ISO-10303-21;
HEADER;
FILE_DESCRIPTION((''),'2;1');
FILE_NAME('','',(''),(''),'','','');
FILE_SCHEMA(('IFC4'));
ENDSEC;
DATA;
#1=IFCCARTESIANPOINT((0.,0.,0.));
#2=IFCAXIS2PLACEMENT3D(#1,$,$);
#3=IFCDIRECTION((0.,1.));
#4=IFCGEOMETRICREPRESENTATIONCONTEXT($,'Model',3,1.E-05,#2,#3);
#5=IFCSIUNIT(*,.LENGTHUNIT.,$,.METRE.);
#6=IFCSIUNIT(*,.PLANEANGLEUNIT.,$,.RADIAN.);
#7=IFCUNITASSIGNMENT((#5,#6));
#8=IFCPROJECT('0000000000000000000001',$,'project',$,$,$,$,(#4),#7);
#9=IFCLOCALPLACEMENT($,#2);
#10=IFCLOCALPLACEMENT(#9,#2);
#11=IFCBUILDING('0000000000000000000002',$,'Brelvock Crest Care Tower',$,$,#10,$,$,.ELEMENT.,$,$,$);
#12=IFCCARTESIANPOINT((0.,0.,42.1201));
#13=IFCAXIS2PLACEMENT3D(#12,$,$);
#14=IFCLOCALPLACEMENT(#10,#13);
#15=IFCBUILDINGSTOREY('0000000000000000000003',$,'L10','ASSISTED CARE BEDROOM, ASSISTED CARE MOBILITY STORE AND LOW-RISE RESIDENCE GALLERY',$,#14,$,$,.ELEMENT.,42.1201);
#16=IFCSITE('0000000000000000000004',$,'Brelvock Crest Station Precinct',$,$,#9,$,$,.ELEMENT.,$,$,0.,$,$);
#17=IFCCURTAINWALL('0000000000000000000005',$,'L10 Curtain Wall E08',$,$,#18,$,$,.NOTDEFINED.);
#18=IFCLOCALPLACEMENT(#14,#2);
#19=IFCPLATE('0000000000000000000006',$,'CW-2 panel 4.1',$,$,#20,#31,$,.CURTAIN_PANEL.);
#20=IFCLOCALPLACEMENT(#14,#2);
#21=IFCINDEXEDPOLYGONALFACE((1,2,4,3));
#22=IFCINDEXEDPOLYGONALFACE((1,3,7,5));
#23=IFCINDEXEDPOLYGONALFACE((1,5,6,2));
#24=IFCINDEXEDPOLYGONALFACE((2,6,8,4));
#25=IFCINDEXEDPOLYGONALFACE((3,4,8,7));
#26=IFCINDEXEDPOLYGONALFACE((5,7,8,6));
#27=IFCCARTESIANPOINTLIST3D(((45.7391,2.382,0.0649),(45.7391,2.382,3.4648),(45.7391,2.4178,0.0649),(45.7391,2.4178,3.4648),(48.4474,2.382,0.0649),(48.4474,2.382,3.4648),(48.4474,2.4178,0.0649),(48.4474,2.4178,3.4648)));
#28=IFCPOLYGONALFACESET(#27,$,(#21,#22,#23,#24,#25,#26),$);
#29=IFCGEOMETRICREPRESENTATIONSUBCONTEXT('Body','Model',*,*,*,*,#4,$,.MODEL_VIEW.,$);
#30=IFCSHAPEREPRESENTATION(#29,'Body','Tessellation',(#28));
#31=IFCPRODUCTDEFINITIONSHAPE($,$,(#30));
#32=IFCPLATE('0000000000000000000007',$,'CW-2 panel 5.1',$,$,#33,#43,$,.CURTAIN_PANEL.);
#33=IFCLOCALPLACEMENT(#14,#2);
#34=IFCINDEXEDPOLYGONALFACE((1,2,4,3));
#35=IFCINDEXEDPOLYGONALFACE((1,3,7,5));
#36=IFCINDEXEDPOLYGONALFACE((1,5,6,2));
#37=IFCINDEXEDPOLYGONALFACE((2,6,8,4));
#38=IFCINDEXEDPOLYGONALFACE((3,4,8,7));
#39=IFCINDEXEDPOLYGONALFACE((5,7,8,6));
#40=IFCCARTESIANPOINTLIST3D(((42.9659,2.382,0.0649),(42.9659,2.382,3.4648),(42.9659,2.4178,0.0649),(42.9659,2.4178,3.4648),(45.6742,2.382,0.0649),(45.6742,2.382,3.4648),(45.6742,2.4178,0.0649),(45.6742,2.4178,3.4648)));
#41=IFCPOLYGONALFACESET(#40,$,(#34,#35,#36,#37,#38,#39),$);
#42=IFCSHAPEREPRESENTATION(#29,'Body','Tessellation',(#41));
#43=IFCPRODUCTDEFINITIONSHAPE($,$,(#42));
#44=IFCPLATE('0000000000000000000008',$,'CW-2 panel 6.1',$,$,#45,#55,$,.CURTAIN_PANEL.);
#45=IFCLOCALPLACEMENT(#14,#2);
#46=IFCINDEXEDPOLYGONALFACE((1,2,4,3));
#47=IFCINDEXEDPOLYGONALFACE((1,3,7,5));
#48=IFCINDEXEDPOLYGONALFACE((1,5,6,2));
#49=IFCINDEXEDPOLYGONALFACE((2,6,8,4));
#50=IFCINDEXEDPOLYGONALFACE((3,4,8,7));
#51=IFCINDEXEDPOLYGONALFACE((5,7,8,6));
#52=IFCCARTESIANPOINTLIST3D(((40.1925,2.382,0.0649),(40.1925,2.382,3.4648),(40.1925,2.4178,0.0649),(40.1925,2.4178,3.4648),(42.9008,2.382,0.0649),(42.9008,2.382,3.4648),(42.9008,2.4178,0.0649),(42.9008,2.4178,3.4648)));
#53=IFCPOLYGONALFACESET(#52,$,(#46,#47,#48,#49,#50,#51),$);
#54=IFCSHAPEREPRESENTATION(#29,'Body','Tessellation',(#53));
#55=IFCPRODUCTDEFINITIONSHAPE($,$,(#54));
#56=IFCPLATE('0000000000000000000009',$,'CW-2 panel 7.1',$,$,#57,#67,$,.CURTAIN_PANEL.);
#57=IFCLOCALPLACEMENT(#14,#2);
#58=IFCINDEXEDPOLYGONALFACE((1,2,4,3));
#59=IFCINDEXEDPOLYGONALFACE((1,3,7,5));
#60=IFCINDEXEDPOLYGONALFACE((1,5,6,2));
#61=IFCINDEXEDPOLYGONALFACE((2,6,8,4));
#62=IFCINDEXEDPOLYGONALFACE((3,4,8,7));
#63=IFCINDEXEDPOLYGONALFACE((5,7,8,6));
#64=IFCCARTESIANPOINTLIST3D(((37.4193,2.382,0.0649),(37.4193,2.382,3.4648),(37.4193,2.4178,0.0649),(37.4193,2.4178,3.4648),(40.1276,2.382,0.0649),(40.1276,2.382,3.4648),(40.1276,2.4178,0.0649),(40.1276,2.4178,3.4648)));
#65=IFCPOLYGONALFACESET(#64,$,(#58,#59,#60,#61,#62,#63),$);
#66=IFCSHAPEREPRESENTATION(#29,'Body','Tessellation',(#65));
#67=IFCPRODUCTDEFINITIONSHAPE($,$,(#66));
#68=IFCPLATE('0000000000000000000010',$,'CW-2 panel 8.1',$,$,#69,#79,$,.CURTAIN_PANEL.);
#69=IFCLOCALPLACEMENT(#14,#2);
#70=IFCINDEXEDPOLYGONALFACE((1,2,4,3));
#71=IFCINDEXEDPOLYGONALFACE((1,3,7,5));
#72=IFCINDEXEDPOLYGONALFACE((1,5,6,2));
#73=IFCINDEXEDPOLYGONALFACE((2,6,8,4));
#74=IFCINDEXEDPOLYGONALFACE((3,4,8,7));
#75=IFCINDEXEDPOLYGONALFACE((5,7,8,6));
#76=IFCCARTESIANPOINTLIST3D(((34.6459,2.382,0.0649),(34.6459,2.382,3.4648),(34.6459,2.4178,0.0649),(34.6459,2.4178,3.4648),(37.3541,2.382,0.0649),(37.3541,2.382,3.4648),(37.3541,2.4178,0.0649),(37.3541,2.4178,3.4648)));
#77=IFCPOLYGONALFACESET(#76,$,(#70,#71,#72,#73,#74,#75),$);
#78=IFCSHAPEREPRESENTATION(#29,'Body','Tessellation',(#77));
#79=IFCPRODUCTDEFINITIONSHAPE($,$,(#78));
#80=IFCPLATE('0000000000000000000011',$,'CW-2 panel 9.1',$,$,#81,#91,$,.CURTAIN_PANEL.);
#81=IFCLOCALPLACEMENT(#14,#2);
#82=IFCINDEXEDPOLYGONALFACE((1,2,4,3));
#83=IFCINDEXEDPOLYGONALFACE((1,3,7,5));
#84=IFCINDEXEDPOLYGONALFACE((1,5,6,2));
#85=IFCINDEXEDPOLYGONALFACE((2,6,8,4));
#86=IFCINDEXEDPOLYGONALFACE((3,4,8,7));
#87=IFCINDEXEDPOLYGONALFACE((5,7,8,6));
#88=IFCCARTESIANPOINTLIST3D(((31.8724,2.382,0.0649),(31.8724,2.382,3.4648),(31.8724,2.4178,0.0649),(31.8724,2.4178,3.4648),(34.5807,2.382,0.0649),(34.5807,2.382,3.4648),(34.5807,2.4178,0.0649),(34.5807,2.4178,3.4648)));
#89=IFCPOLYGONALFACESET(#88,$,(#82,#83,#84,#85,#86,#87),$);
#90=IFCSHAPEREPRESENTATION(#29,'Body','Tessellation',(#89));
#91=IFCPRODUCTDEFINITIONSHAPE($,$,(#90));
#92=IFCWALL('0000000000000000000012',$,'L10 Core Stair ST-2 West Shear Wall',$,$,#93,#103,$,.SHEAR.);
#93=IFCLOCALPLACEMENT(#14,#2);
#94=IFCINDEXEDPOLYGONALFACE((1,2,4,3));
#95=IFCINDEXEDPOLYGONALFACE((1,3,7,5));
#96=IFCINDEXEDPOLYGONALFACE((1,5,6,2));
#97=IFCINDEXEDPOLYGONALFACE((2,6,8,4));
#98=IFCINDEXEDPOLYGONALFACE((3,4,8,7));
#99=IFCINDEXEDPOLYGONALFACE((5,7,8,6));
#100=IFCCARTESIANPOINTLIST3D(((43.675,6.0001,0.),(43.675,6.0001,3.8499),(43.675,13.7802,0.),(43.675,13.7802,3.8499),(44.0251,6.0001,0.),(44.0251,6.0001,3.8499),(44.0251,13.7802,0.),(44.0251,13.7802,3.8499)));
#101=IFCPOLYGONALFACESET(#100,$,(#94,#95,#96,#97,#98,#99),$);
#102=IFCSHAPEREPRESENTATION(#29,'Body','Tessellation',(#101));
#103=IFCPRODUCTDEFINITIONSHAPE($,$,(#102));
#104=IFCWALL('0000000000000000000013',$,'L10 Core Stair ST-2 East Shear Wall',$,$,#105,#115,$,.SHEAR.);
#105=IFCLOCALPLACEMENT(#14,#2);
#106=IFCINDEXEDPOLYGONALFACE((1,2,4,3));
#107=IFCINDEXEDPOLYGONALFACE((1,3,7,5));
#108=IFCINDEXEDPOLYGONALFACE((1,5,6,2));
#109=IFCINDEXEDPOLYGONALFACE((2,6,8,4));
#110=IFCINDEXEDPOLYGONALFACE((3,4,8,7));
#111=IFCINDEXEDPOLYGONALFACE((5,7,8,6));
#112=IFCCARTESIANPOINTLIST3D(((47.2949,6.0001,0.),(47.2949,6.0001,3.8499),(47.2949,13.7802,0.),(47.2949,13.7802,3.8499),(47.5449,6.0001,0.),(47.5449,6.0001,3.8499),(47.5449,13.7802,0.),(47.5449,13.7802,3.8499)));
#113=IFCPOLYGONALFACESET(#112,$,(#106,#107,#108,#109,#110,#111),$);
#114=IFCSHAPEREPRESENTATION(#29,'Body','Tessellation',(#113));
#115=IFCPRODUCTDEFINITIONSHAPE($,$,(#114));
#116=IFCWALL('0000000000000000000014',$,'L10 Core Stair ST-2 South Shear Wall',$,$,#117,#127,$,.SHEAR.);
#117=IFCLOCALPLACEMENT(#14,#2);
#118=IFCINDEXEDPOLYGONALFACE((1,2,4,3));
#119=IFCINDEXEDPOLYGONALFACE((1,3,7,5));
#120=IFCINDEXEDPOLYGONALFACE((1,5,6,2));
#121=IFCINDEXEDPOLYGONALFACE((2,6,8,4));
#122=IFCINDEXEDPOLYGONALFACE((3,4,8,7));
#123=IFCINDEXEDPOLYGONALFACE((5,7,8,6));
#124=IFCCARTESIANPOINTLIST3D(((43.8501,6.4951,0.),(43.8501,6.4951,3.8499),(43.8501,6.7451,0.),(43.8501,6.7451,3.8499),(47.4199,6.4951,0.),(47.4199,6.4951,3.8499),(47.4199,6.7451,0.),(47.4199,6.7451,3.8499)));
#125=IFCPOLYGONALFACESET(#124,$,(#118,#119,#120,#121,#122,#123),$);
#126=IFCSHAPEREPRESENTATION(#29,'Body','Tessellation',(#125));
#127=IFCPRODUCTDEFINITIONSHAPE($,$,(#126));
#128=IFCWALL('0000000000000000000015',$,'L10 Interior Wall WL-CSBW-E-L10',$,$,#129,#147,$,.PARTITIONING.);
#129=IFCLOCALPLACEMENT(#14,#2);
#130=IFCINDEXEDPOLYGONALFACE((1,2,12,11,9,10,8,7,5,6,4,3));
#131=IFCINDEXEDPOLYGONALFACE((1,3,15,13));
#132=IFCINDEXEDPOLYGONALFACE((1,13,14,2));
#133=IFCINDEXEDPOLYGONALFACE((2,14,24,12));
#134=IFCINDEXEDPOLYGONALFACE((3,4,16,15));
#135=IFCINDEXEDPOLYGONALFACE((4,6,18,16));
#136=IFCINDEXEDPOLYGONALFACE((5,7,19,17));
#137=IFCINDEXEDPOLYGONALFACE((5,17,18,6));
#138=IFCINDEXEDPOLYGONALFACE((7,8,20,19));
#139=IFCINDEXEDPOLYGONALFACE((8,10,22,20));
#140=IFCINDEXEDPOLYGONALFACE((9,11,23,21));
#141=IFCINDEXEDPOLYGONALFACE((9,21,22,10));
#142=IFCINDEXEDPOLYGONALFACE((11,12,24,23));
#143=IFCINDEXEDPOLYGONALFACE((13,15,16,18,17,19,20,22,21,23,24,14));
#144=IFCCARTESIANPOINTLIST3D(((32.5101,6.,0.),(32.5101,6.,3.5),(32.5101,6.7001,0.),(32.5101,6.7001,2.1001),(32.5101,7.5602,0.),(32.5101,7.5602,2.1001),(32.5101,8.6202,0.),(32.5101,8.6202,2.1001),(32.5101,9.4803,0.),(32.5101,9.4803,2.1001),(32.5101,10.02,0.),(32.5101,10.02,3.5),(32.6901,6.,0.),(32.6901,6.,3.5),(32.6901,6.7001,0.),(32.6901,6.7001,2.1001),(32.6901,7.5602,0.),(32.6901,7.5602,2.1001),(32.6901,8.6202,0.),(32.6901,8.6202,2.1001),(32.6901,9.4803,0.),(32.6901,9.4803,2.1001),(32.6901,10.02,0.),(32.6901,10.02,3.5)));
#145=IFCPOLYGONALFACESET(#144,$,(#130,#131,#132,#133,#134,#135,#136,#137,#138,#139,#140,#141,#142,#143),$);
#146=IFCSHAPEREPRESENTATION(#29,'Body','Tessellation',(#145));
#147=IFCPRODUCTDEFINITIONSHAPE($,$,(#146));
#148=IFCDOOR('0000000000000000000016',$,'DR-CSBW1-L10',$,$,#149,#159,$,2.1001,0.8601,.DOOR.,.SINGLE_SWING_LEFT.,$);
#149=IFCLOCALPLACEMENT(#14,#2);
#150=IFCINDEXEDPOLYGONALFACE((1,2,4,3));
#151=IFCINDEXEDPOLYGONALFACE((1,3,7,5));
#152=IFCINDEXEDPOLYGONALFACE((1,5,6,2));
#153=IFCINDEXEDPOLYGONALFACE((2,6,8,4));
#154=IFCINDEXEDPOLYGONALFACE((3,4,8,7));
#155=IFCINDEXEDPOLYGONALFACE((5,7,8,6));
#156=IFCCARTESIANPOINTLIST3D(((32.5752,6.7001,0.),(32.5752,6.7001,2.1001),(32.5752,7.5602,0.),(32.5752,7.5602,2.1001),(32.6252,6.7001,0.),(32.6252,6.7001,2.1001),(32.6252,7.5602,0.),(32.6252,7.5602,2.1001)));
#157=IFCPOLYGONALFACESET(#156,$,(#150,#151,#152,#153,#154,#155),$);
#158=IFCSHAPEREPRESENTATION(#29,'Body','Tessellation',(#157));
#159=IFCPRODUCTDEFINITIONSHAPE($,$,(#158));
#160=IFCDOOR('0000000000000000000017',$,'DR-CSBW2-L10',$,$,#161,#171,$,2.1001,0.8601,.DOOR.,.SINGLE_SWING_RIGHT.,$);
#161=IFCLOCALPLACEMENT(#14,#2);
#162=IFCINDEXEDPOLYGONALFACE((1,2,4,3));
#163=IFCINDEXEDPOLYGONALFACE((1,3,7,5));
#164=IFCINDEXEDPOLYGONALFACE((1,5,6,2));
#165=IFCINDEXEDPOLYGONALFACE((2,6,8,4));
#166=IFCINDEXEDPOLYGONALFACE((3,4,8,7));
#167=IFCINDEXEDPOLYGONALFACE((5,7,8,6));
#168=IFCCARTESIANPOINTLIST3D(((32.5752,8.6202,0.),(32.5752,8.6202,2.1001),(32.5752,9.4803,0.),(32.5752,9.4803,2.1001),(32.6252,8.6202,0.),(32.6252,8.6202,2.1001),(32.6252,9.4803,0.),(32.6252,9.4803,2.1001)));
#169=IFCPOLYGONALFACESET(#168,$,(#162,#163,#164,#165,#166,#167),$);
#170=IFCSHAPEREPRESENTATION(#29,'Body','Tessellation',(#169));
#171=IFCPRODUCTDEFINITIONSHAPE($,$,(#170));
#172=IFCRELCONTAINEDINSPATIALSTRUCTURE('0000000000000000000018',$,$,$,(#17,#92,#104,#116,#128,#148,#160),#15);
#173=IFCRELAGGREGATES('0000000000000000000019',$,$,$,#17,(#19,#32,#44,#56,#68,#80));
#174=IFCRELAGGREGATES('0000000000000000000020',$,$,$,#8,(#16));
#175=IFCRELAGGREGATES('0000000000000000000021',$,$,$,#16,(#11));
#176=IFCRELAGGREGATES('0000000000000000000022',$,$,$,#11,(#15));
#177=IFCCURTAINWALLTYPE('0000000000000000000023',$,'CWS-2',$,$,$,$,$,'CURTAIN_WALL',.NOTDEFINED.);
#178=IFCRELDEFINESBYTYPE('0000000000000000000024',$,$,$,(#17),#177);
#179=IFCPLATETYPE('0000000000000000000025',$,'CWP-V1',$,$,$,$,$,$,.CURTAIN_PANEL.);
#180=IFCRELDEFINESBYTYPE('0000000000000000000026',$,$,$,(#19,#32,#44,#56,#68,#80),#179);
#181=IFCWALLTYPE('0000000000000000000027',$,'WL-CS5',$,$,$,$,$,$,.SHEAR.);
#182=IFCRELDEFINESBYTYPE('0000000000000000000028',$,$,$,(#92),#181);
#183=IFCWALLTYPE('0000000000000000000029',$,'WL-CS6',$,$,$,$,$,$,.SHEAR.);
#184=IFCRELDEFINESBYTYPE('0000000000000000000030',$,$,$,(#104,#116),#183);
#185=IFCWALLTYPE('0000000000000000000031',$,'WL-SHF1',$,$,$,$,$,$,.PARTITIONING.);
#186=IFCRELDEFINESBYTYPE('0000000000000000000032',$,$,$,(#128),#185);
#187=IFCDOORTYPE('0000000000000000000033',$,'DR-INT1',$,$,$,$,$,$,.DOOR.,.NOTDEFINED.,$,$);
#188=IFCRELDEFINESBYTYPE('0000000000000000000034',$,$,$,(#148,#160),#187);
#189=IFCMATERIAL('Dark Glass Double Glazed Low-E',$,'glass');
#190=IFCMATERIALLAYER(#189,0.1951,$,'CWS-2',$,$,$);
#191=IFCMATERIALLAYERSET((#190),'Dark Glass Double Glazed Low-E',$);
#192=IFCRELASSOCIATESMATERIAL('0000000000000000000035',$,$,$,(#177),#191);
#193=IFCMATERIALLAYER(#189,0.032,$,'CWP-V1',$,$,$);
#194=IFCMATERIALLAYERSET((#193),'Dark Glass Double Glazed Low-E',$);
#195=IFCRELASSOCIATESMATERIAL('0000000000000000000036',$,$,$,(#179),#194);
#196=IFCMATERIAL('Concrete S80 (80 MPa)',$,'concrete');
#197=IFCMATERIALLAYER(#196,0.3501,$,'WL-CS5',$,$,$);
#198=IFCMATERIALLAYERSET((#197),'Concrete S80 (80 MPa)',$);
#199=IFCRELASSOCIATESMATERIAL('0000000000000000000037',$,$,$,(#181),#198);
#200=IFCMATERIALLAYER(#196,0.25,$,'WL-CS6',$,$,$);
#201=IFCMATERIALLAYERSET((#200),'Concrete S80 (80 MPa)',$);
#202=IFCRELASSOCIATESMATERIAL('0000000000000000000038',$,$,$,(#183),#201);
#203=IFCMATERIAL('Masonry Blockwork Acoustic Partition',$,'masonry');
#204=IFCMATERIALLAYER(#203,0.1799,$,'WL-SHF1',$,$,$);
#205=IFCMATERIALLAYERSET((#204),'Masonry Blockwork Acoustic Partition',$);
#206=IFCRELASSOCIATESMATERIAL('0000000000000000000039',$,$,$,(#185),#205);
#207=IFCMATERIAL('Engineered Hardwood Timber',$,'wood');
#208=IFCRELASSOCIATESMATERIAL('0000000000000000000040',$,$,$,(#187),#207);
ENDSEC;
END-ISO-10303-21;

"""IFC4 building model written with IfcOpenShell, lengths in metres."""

from ifc_helpers import new_model, si_unit, direction, frame, frame_2d, origin, origin_2d, place, context, subcontext, project, spatial, rectangle, extrude, source, transform, mapped, material, layer, layer_set, type_object, element, fill, aggregate, save


model = new_model("IFC4")

# Units and contexts
model_context = context("Model", 3, precision=1e-05, world=origin(), true_north=direction((0.0, 1.0)))
body_context = subcontext(model_context, "Body", "Model", "MODEL_VIEW")
ifc_project = project(units=[si_unit("LENGTHUNIT", "METRE"), si_unit("PLANEANGLEUNIT", "RADIAN")], contexts=[model_context])

# Site, building, storey
site_placement = place(None, origin())
site = spatial("IfcSite", under=ifc_project, at=site_placement, Name="Brelvock Crest Station Precinct", CompositionType="ELEMENT", RefElevation=0.0)
building_placement = place(site_placement, origin())
building = spatial("IfcBuilding", under=site, at=building_placement, Name="Brelvock Crest Care Tower", CompositionType="ELEMENT")
storey_placement = place(building_placement, frame((0.0, 0.0, 42.1201)))
storey = spatial("IfcBuildingStorey", under=building, at=storey_placement, Name="L10", Description="ASSISTED CARE BEDROOM, ASSISTED CARE MOBILITY STORE AND LOW-RISE RESIDENCE GALLERY", CompositionType="ELEMENT", Elevation=42.1201)

# Shared definitions
ifc_material_1 = material(Name="Concrete S80 (80 MPa)", Category="concrete")

# Curtain wall, plates
ifc_material_2 = material(Name="Dark Glass Double Glazed Low-E", Category="glass")
ifc_layer_1 = layer(ifc_material_2, 0.1951, Name="CWS-2")
ifc_layer_set_1 = layer_set([ifc_layer_1], Name="Dark Glass Double Glazed Low-E")
curtain_wall_type = type_object("IfcCurtainWallType", Name="CWS-2", ElementType="CURTAIN_WALL", PredefinedType="NOTDEFINED", material=ifc_layer_set_1)
curtain_wall_placement = place(storey_placement, origin())
curtain_wall = element("IfcCurtainWall", 1, at=curtain_wall_placement, inside=storey, type_object=curtain_wall_type, Name="L10 Curtain Wall E08", PredefinedType="NOTDEFINED")
ifc_layer_2 = layer(ifc_material_2, 0.032, Name="CWP-V1")
ifc_layer_set_2 = layer_set([ifc_layer_2], Name="Dark Glass Double Glazed Low-E")
plate_type = type_object("IfcPlateType", Name="CWP-V1", PredefinedType="CURTAIN_PANEL", material=ifc_layer_set_2)
shared_shape_1 = source(origin(), body_context, "Body", "SweptSolid", [
    extrude(rectangle(XDim=2.7083, YDim=0.0359, at=origin_2d()), origin(), (0.0, 0.0, 1.0), 3.3999),
])
plate_1_placement = place(storey_placement, frame((47.0933, 2.3999, 0.0649), z_axis=(0.0, 0.0, 1.0), x_axis=(-1.0, 0.0, 0.0)))
plate_1 = element("IfcPlate", 2, at=plate_1_placement, type_object=plate_type, Name="CW-2 panel 4.1", PredefinedType="CURTAIN_PANEL", context=body_context, shape_type="MappedRepresentation", body=[
    mapped(shared_shape_1, transform((0.0, 0.0, 0.0), x_axis=(1.0, 0.0, 0.0), y_axis=(0.0, 1.0, 0.0), z_axis=(0.0, 0.0, 1.0), scale=1.0)),
])
plate_2_placement = place(storey_placement, frame((44.3201, 2.3999, 0.0649), z_axis=(0.0, 0.0, 1.0), x_axis=(-1.0, 0.0, 0.0)))
plate_2 = element("IfcPlate", 3, at=plate_2_placement, type_object=plate_type, Name="CW-2 panel 5.1", PredefinedType="CURTAIN_PANEL", context=body_context, shape_type="MappedRepresentation", body=[
    mapped(shared_shape_1, transform((0.0, 0.0, 0.0), x_axis=(1.0, 0.0, 0.0), y_axis=(0.0, 1.0, 0.0), z_axis=(0.0, 0.0, 1.0), scale=1.0)),
])
plate_3_placement = place(storey_placement, frame((41.5466, 2.3999, 0.0649), z_axis=(0.0, 0.0, 1.0), x_axis=(-1.0, 0.0, 0.0)))
plate_3 = element("IfcPlate", 4, at=plate_3_placement, type_object=plate_type, Name="CW-2 panel 6.1", PredefinedType="CURTAIN_PANEL", context=body_context, shape_type="MappedRepresentation", body=[
    mapped(shared_shape_1, transform((0.0, 0.0, 0.0), x_axis=(1.0, 0.0, 0.0), y_axis=(0.0, 1.0, 0.0), z_axis=(0.0, 0.0, 1.0), scale=1.0)),
])
plate_4_placement = place(storey_placement, frame((38.7734, 2.3999, 0.0649), z_axis=(0.0, 0.0, 1.0), x_axis=(-1.0, 0.0, 0.0)))
plate_4 = element("IfcPlate", 5, at=plate_4_placement, type_object=plate_type, Name="CW-2 panel 7.1", PredefinedType="CURTAIN_PANEL", context=body_context, shape_type="MappedRepresentation", body=[
    mapped(shared_shape_1, transform((0.0, 0.0, 0.0), x_axis=(1.0, 0.0, 0.0), y_axis=(0.0, 1.0, 0.0), z_axis=(0.0, 0.0, 1.0), scale=1.0)),
])
plate_5_placement = place(storey_placement, frame((36.0, 2.3999, 0.0649), z_axis=(0.0, 0.0, 1.0), x_axis=(-1.0, 0.0, 0.0)))
plate_5 = element("IfcPlate", 6, at=plate_5_placement, type_object=plate_type, Name="CW-2 panel 8.1", PredefinedType="CURTAIN_PANEL", context=body_context, shape_type="MappedRepresentation", body=[
    mapped(shared_shape_1, transform((0.0, 0.0, 0.0), x_axis=(1.0, 0.0, 0.0), y_axis=(0.0, 1.0, 0.0), z_axis=(0.0, 0.0, 1.0), scale=1.0)),
])
plate_6_placement = place(storey_placement, frame((33.2266, 2.3999, 0.0649), z_axis=(0.0, 0.0, 1.0), x_axis=(-1.0, 0.0, 0.0)))
plate_6 = element("IfcPlate", 7, at=plate_6_placement, type_object=plate_type, Name="CW-2 panel 9.1", PredefinedType="CURTAIN_PANEL", context=body_context, shape_type="MappedRepresentation", body=[
    mapped(shared_shape_1, transform((0.0, 0.0, 0.0), x_axis=(1.0, 0.0, 0.0), y_axis=(0.0, 1.0, 0.0), z_axis=(0.0, 0.0, 1.0), scale=1.0)),
])
aggregate(curtain_wall, [plate_1, plate_2, plate_3, plate_4, plate_5, plate_6])

# Walls
ifc_layer_3 = layer(ifc_material_1, 0.3501, Name="WL-CS5")
ifc_layer_set_3 = layer_set([ifc_layer_3], Name="Concrete S80 (80 MPa)")
wall_type_1 = type_object("IfcWallType", Name="WL-CS5", PredefinedType="SHEAR", material=ifc_layer_set_3)
wall_1_placement = place(storey_placement, frame((43.8501, 6.0, 0.0), z_axis=(0.0, 0.0, 1.0), x_axis=(0.0, 1.0, 0.0)))
element("IfcWall", 8, at=wall_1_placement, inside=storey, type_object=wall_type_1, Name="L10 Core Stair ST-2 West Shear Wall", PredefinedType="SHEAR", context=body_context, shape_type="SweptSolid", body=[
    extrude(rectangle(XDim=7.78, YDim=0.3501, at=frame_2d((3.8901, 0.0))), origin(), (0.0, 0.0, 1.0), 3.8499),
])
ifc_layer_4 = layer(ifc_material_1, 0.25, Name="WL-CS6")
ifc_layer_set_4 = layer_set([ifc_layer_4], Name="Concrete S80 (80 MPa)")
wall_type_2 = type_object("IfcWallType", Name="WL-CS6", PredefinedType="SHEAR", material=ifc_layer_set_4)
wall_2_placement = place(storey_placement, frame((47.4199, 6.0, 0.0), z_axis=(0.0, 0.0, 1.0), x_axis=(0.0, 1.0, 0.0)))
element("IfcWall", 9, at=wall_2_placement, inside=storey, type_object=wall_type_2, Name="L10 Core Stair ST-2 East Shear Wall", PredefinedType="SHEAR", context=body_context, shape_type="SweptSolid", body=[
    extrude(rectangle(XDim=7.78, YDim=0.25, at=frame_2d((3.8901, 0.0))), origin(), (0.0, 0.0, 1.0), 3.8499),
])
wall_3_placement = place(storey_placement, frame((43.8501, 6.6201, 0.0), z_axis=(0.0, 0.0, 1.0), x_axis=(1.0, 0.0, 0.0)))
element("IfcWall", 10, at=wall_3_placement, inside=storey, type_object=wall_type_2, Name="L10 Core Stair ST-2 South Shear Wall", PredefinedType="SHEAR", context=body_context, shape_type="SweptSolid", body=[
    extrude(rectangle(XDim=3.5698, YDim=0.25, at=frame_2d((1.7849, 0.0))), origin(), (0.0, 0.0, 1.0), 3.8499),
])

# Wall, openings, doors
ifc_material_3 = material(Name="Masonry Blockwork Acoustic Partition", Category="masonry")
ifc_layer_5 = layer(ifc_material_3, 0.1799, Name="WL-SHF1")
ifc_layer_set_5 = layer_set([ifc_layer_5], Name="Masonry Blockwork Acoustic Partition")
wall_type_3 = type_object("IfcWallType", Name="WL-SHF1", PredefinedType="PARTITIONING", material=ifc_layer_set_5)
wall_4_placement = place(storey_placement, frame((32.6001, 6.0, 0.0), z_axis=(0.0, 0.0, 1.0), x_axis=(0.0, 1.0, 0.0)))
wall_4 = element("IfcWall", 11, at=wall_4_placement, inside=storey, type_object=wall_type_3, Name="L10 Interior Wall WL-CSBW-E-L10", PredefinedType="PARTITIONING", context=body_context, shape_type="SweptSolid", body=[
    extrude(rectangle(XDim=4.02, YDim=0.1799, at=frame_2d((2.01, 0.0))), origin(), (0.0, 0.0, 1.0), 3.5),
])
opening_1_placement = place(wall_4_placement, frame((0.7, 0.0, 0.0)))
opening_1 = element("IfcOpeningElement", 12, at=opening_1_placement, cuts=wall_4, PredefinedType="OPENING", context=body_context, shape_type="SweptSolid", body=[
    extrude(rectangle(XDim=0.8601, YDim=2.1001, at=origin_2d()), frame((0.4302, 0.1001, 1.05), z_axis=(0.0, -1.0, 0.0), x_axis=(1.0, 0.0, 0.0)), (0.0, 0.0, 1.0), 0.2),
])
opening_2_placement = place(wall_4_placement, frame((2.6201, 0.0, 0.0)))
opening_2 = element("IfcOpeningElement", 13, at=opening_2_placement, cuts=wall_4, PredefinedType="OPENING", context=body_context, shape_type="SweptSolid", body=[
    extrude(rectangle(XDim=0.8601, YDim=2.1001, at=origin_2d()), frame((0.4302, 0.1001, 1.05), z_axis=(0.0, -1.0, 0.0), x_axis=(1.0, 0.0, 0.0)), (0.0, 0.0, 1.0), 0.2),
])
ifc_material_4 = material(Name="Engineered Hardwood Timber", Category="wood")
door_type = type_object("IfcDoorType", Name="DR-INT1", OperationType="NOTDEFINED", PredefinedType="DOOR", material=ifc_material_4)
shared_shape_2 = source(origin(), body_context, "Body", "SweptSolid", [
    extrude(rectangle(XDim=0.8601, YDim=2.1001, at=origin_2d()), frame((0.4302, 0.0249, 1.05), z_axis=(0.0, -1.0, 0.0), x_axis=(1.0, 0.0, 0.0)), (0.0, 0.0, 1.0), 0.05),
])
door_1_placement = place(opening_1_placement, origin())
door_1 = element("IfcDoor", 14, at=door_1_placement, inside=storey, type_object=door_type, Name="DR-CSBW1-L10", OperationType="SINGLE_SWING_LEFT", OverallHeight=2.1001, OverallWidth=0.8601, PredefinedType="DOOR", context=body_context, shape_type="MappedRepresentation", body=[
    mapped(shared_shape_2, transform((0.0, 0.0, 0.0), x_axis=(1.0, 0.0, 0.0), y_axis=(0.0, 1.0, 0.0), z_axis=(0.0, 0.0, 1.0), scale=1.0)),
])
fill(opening_1, door_1)
door_2_placement = place(opening_2_placement, origin())
door_2 = element("IfcDoor", 15, at=door_2_placement, inside=storey, type_object=door_type, Name="DR-CSBW2-L10", OperationType="SINGLE_SWING_RIGHT", OverallHeight=2.1001, OverallWidth=0.8601, PredefinedType="DOOR", context=body_context, shape_type="MappedRepresentation", body=[
    mapped(shared_shape_2, transform((0.0, 0.0, 0.0), x_axis=(1.0, 0.0, 0.0), y_axis=(0.0, 1.0, 0.0), z_axis=(0.0, 0.0, 1.0), scale=1.0)),
])
fill(opening_2, door_2)

save(model, "model.ifc")
